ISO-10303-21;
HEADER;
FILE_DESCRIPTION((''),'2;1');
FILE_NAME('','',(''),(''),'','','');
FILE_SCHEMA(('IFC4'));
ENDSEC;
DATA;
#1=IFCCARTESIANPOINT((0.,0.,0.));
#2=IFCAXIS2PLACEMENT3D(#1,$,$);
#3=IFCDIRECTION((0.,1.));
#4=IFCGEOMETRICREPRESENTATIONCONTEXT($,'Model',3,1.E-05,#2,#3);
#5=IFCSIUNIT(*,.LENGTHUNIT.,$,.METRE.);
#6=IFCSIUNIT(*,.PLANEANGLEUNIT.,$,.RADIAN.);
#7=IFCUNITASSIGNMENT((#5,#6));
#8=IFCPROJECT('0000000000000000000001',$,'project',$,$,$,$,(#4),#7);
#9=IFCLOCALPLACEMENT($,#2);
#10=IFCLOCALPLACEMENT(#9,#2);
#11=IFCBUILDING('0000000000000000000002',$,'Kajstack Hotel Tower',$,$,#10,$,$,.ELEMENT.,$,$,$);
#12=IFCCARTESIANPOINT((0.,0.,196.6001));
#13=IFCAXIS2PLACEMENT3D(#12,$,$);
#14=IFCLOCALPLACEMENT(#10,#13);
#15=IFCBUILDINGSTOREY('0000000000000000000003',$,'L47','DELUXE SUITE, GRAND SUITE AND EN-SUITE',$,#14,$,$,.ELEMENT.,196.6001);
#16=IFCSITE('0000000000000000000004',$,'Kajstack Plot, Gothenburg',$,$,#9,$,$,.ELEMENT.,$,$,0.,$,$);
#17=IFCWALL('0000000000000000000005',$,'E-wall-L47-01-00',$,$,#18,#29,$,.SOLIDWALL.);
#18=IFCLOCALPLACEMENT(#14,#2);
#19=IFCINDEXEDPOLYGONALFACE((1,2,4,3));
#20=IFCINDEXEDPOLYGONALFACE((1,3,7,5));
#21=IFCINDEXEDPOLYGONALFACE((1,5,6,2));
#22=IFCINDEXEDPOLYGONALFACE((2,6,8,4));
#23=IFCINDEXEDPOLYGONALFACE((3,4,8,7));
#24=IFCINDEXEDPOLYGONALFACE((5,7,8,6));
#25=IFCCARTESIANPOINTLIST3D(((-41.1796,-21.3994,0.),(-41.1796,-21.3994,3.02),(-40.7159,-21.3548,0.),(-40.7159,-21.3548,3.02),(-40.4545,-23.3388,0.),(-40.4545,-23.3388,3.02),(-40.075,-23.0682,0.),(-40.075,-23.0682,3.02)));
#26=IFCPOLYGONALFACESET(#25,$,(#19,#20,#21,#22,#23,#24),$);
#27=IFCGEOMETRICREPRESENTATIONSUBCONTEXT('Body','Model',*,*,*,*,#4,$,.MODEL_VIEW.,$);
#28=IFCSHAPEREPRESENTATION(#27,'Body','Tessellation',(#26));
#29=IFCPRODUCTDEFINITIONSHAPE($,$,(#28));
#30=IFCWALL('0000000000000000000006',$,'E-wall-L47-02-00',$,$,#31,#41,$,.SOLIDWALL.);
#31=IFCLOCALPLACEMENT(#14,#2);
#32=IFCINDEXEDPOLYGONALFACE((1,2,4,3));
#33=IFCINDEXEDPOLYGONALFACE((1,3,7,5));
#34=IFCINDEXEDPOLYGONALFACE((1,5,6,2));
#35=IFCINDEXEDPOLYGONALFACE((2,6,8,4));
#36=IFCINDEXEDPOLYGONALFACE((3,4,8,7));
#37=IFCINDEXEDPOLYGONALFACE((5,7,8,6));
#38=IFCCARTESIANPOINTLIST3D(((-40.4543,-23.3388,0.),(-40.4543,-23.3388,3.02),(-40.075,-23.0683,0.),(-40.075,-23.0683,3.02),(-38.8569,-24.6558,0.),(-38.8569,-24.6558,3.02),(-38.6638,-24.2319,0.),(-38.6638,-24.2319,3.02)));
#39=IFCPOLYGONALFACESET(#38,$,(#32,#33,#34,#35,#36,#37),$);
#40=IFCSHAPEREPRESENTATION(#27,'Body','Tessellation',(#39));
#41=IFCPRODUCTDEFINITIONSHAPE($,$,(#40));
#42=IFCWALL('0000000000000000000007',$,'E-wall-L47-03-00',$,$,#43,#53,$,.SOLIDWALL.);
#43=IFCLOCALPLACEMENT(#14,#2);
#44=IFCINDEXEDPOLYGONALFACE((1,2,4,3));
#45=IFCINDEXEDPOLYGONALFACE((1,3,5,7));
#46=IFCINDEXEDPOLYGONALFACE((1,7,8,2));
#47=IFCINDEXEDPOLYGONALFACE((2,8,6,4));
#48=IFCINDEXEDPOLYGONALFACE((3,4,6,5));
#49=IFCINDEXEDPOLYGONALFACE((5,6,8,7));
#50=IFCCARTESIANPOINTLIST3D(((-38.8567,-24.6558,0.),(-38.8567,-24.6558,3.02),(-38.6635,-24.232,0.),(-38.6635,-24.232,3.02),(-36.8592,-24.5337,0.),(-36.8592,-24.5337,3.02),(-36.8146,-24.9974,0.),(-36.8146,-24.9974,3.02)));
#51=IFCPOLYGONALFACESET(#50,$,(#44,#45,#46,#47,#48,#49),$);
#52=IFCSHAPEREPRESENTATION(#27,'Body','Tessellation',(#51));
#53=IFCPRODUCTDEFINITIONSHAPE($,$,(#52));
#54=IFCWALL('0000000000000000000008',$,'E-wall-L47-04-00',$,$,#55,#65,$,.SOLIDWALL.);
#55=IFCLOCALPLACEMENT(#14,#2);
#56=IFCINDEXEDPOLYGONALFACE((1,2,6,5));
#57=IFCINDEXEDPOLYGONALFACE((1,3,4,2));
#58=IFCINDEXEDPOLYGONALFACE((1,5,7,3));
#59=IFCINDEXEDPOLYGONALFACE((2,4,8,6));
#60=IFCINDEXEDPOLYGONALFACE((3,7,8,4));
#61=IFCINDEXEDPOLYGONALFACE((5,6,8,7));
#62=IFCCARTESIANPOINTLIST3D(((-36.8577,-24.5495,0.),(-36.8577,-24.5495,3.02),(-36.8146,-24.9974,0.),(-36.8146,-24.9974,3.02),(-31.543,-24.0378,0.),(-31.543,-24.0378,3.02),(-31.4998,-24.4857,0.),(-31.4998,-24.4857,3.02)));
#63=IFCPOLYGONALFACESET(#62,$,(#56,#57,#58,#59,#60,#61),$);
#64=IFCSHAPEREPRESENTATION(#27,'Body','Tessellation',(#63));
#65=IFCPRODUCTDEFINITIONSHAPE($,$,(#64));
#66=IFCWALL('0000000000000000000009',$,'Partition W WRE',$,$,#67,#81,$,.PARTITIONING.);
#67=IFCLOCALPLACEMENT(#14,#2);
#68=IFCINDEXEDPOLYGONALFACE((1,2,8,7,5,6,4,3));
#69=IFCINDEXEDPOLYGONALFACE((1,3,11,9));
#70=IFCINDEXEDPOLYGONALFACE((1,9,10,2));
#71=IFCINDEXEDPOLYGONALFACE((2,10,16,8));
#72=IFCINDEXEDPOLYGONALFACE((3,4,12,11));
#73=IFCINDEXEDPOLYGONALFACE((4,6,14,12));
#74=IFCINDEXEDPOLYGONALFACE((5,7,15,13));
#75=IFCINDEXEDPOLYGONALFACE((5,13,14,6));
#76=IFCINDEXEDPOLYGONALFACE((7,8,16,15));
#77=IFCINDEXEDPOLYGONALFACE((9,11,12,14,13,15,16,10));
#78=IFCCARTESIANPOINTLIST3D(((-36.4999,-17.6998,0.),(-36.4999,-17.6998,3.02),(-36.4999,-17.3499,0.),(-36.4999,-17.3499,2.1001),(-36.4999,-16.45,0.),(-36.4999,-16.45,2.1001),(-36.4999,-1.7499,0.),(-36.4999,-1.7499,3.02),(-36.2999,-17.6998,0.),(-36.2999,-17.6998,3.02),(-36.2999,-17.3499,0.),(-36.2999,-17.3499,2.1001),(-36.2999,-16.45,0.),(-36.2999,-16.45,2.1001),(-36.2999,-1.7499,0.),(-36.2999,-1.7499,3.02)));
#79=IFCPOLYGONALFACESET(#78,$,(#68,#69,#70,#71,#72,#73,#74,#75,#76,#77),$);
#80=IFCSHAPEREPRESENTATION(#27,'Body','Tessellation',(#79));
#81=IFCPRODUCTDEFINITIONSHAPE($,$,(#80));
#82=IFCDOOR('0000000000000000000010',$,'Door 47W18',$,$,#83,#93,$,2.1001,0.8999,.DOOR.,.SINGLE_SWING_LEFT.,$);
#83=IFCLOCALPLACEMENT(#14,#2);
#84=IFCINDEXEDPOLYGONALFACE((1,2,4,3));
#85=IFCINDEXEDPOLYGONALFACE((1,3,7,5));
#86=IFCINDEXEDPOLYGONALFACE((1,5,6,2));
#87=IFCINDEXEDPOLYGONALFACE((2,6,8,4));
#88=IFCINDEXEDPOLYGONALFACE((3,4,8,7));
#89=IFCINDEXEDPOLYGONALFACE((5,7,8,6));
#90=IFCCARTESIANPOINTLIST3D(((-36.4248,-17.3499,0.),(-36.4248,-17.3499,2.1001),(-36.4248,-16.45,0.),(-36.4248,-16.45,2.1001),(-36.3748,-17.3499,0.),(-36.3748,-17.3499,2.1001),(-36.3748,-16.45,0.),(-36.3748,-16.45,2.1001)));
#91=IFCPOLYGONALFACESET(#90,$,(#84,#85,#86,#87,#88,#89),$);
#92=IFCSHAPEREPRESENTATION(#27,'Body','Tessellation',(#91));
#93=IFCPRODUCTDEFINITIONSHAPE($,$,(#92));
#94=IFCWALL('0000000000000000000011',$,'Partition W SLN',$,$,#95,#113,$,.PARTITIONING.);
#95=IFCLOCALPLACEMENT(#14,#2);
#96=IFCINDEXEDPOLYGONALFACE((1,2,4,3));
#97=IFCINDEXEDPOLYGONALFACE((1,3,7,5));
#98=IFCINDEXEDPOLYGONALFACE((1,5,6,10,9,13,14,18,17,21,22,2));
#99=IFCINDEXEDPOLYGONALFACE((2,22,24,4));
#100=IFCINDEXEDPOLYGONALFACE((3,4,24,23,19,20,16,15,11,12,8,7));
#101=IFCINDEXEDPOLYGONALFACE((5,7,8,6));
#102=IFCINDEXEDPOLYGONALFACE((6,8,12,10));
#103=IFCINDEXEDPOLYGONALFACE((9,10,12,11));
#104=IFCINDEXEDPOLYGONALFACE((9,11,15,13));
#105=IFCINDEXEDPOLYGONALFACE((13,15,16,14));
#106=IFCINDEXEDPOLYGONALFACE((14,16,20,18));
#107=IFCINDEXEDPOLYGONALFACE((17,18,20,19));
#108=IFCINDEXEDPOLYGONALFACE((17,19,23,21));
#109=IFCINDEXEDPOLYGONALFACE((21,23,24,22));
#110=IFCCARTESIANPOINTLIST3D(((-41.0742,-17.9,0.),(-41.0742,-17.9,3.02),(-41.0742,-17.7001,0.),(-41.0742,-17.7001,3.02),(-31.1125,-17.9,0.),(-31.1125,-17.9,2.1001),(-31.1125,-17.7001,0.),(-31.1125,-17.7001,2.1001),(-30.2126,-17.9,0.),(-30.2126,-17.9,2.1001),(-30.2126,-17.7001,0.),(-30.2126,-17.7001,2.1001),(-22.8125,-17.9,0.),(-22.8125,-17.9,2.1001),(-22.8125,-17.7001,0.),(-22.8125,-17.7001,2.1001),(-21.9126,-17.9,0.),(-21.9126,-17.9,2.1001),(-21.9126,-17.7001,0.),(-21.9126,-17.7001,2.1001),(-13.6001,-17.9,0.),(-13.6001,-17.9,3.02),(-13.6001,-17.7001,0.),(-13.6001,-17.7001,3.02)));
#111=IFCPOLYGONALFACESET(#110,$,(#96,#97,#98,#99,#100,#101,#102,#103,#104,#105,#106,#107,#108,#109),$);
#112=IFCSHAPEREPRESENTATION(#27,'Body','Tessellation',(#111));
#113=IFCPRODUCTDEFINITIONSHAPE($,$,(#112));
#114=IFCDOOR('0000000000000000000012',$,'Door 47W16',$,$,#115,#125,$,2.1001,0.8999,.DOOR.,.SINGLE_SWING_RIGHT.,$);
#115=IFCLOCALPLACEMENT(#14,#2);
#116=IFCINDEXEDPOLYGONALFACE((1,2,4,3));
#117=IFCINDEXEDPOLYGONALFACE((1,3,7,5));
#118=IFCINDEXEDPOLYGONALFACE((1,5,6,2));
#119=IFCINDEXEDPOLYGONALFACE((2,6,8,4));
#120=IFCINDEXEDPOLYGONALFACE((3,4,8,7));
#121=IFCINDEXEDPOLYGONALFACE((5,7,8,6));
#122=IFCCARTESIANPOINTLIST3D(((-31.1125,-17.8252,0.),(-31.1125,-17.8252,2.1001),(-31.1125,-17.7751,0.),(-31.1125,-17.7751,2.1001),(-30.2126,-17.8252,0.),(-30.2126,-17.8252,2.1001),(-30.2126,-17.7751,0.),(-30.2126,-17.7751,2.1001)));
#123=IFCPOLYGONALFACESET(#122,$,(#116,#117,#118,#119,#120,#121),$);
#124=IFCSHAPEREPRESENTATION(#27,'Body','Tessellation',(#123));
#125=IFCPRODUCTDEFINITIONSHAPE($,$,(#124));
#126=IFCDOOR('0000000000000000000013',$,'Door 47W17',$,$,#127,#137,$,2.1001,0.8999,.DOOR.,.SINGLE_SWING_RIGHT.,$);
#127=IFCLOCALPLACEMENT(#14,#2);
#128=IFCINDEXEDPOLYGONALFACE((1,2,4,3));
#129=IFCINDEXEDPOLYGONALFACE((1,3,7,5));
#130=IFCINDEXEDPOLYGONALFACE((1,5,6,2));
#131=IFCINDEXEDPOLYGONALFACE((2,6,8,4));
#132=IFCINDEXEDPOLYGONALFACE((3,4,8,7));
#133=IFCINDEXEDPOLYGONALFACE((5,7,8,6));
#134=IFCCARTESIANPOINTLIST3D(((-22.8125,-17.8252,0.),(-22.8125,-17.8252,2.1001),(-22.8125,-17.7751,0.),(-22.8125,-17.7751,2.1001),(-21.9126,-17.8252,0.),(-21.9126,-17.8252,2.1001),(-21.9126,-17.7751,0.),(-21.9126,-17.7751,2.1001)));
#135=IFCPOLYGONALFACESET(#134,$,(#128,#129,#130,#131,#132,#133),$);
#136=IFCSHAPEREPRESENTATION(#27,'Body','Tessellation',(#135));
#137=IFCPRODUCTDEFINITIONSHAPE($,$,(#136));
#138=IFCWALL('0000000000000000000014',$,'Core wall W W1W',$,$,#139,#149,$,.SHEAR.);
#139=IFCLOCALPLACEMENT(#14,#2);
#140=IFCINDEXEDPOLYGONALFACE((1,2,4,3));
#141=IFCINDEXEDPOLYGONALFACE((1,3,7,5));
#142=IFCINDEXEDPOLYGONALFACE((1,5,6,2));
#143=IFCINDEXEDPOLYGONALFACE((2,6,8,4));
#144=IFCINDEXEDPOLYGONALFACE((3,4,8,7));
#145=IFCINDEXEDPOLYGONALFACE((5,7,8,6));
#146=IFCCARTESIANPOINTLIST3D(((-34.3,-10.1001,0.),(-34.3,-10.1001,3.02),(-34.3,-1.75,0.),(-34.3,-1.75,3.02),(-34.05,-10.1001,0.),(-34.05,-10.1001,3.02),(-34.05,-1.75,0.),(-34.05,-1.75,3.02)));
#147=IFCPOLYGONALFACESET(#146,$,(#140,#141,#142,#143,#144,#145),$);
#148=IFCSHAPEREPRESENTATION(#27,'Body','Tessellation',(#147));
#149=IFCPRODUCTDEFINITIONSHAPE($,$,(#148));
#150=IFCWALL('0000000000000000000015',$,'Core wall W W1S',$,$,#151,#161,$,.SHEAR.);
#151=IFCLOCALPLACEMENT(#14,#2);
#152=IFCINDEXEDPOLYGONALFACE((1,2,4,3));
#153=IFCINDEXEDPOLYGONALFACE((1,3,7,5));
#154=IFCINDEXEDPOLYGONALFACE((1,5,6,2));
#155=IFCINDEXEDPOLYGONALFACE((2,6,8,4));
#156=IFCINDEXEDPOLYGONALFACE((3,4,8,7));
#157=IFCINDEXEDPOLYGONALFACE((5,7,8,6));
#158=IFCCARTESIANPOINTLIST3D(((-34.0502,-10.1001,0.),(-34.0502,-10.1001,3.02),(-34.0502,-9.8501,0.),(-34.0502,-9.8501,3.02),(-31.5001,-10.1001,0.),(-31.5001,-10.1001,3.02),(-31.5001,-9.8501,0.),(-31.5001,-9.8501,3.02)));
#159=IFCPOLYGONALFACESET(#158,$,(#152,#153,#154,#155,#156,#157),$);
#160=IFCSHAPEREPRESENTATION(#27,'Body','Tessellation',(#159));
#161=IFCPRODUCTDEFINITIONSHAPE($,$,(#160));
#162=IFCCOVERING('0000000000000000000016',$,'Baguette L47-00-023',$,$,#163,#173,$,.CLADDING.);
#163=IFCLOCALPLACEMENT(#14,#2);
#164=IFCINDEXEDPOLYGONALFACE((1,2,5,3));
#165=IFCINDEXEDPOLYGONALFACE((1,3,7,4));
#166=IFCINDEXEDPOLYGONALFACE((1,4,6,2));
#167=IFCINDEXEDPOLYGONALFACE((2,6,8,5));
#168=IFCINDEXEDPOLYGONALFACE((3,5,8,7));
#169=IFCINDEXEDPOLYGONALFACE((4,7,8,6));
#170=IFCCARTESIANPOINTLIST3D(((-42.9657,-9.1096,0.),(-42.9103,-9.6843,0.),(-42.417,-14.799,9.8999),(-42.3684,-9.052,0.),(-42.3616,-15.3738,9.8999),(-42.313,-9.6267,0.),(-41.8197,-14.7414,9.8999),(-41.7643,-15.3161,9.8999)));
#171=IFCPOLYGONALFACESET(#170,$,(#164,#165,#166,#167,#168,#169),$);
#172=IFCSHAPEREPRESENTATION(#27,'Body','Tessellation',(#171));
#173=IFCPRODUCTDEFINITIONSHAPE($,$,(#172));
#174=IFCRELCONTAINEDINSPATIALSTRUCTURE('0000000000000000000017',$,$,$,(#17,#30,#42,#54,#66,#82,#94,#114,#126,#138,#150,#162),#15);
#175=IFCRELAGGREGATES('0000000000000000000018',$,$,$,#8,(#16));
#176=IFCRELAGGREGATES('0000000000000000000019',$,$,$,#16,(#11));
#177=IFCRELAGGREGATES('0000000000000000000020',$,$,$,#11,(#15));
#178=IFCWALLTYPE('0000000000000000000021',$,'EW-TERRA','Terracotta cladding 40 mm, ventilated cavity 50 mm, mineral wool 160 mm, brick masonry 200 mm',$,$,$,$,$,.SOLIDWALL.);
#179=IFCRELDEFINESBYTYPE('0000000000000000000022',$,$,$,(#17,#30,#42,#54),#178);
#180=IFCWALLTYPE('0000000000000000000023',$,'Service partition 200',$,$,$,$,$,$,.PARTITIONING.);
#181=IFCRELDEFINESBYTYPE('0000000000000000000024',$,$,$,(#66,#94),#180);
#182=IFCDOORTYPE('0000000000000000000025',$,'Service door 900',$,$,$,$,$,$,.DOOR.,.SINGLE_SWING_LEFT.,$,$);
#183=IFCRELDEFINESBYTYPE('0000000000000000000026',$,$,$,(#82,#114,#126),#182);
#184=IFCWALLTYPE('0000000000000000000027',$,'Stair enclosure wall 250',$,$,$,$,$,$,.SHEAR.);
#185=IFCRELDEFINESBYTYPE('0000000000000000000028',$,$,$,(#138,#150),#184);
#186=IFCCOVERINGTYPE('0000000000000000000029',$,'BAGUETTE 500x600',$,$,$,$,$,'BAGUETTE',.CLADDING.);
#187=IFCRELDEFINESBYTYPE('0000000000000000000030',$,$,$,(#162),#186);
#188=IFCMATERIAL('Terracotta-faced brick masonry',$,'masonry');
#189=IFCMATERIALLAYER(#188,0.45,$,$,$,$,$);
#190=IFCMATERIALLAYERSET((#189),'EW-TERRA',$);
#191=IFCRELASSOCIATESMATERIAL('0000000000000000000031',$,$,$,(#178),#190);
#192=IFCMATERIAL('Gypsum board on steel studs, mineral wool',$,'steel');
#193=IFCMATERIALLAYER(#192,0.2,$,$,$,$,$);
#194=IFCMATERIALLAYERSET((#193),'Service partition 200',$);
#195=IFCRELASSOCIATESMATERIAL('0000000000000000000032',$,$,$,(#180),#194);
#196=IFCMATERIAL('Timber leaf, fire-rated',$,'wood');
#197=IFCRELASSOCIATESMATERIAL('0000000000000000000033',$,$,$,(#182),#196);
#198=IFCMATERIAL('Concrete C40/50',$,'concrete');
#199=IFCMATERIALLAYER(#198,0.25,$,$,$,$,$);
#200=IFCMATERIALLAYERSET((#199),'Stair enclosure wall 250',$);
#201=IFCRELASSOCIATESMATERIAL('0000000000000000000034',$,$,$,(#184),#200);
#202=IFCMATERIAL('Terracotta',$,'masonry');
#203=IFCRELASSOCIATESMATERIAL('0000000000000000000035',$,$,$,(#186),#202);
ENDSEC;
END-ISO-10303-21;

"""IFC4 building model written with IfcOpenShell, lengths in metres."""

from ifc_helpers import new_model, si_unit, direction, frame, frame_2d, origin, origin_2d, place, context, subcontext, project, spatial, polyline, rectangle, outline, extrude, material, layer, layer_set, material_profile, profile_set, type_object, element, fill, save


model = new_model("IFC4")

# Units and contexts
model_context = context("Model", 3, precision=1e-05, world=origin(), true_north=direction((0.0, 1.0)))
body_context = subcontext(model_context, "Body", "Model", "MODEL_VIEW")
ifc_project = project(units=[si_unit("LENGTHUNIT", "METRE"), si_unit("PLANEANGLEUNIT", "RADIAN")], contexts=[model_context])

# Site, building, storey
site_placement = place(None, origin())
site = spatial("IfcSite", under=ifc_project, at=site_placement, Name="Kajstack Plot, Gothenburg", CompositionType="ELEMENT", RefElevation=0.0)
building_placement = place(site_placement, origin())
building = spatial("IfcBuilding", under=site, at=building_placement, Name="Kajstack Hotel Tower", CompositionType="ELEMENT")
storey_placement = place(building_placement, frame((0.0, 0.0, 196.6001)))
storey = spatial("IfcBuildingStorey", under=building, at=storey_placement, Name="L47", Description="DELUXE SUITE, GRAND SUITE AND EN-SUITE", CompositionType="ELEMENT", Elevation=196.6001)

# Walls
ifc_material_1 = material(Name="Terracotta-faced brick masonry", Category="masonry")
ifc_layer_1 = layer(ifc_material_1, 0.45)
ifc_layer_set_1 = layer_set([ifc_layer_1], Name="EW-TERRA")
wall_type_1 = type_object("IfcWallType", Name="EW-TERRA", Description="Terracotta cladding 40 mm, ventilated cavity 50 mm, mineral wool 160 mm, brick masonry 200 mm", PredefinedType="SOLIDWALL", material=ifc_layer_set_1)
wall_1_placement = place(storey_placement, frame((-40.9688, -21.3206, 0.0), z_axis=(0.0, 0.0, 1.0), x_axis=(0.350193, -0.936678, 0.0)))
element("IfcWall", 1, at=wall_1_placement, inside=storey, type_object=wall_type_1, Name="E-wall-L47-01-00", PredefinedType="SOLIDWALL", context=body_context, shape_type="SweptSolid", body=[
    extrude(outline(polyline([(0.0, -0.2251), (2.0706, -0.2251), (1.95, 0.2251), (0.1206, 0.2249), (0.0, -0.2251)])), origin(), (0.0, 0.0, 1.0), 3.02),
])
wall_2_placement = place(storey_placement, frame((-40.3113, -23.1653, 0.0), z_axis=(0.0, 0.0, 1.0), x_axis=(0.771651, -0.636046, 0.0)))
element("IfcWall", 2, at=wall_2_placement, inside=storey, type_object=wall_type_1, Name="E-wall-L47-02-00", PredefinedType="SOLIDWALL", context=body_context, shape_type="SweptSolid", body=[
    extrude(outline(polyline([(0.0, -0.2249), (2.0703, -0.2251), (1.9497, 0.2249), (0.1206, 0.2251), (0.0, -0.2249)])), origin(), (0.0, 0.0, 1.0), 3.02),
])
wall_3_placement = place(storey_placement, frame((-38.8196, -24.4338, 0.0), z_axis=(0.0, 0.0, 1.0), x_axis=(0.986279, -0.165087, 0.0)))
element("IfcWall", 3, at=wall_3_placement, inside=storey, type_object=wall_type_1, Name="E-wall-L47-03-00", PredefinedType="SOLIDWALL", context=body_context, shape_type="SweptSolid", body=[
    extrude(outline(polyline([(0.0, -0.2251), (2.0706, -0.2249), (1.95, 0.2251), (0.1206, 0.2249), (0.0, -0.2251)])), origin(), (0.0, 0.0, 1.0), 3.02),
])
wall_4_placement = place(storey_placement, frame((-36.8362, -24.7734, 0.0), z_axis=(0.0, 0.0, 1.0), x_axis=(0.995397, 0.09584, 0.0)))
element("IfcWall", 4, at=wall_4_placement, inside=storey, type_object=wall_type_1, Name="E-wall-L47-04-00", PredefinedType="SOLIDWALL", context=body_context, shape_type="SweptSolid", body=[
    extrude(rectangle(XDim=5.3394, YDim=0.45, at=frame_2d((2.6697, 0.0))), origin(), (0.0, 0.0, 1.0), 3.02),
])

# Wall, opening, door
ifc_material_2 = material(Name="Gypsum board on steel studs, mineral wool", Category="steel")
ifc_layer_2 = layer(ifc_material_2, 0.2)
ifc_layer_set_2 = layer_set([ifc_layer_2], Name="Service partition 200")
wall_type_2 = type_object("IfcWallType", Name="Service partition 200", PredefinedType="PARTITIONING", material=ifc_layer_set_2)
wall_5_placement = place(storey_placement, frame((-36.3999, -17.7, 0.0), z_axis=(0.0, 0.0, 1.0), x_axis=(0.0, 1.0, 0.0)))
wall_5 = element("IfcWall", 5, at=wall_5_placement, inside=storey, type_object=wall_type_2, Name="Partition W WRE", PredefinedType="PARTITIONING", context=body_context, shape_type="SweptSolid", body=[
    extrude(rectangle(XDim=15.95, YDim=0.2, at=frame_2d((7.9751, 0.0))), origin(), (0.0, 0.0, 1.0), 3.02),
])
opening_1_placement = place(wall_5_placement, frame((0.3501, 0.0, 0.0)))
opening_1 = element("IfcOpeningElement", 6, at=opening_1_placement, cuts=wall_5, PredefinedType="OPENING", context=body_context, shape_type="SweptSolid", body=[
    extrude(rectangle(XDim=0.8999, YDim=2.1001, at=frame_2d((0.45, 1.05))), frame((0.0, 0.1099, 0.0), z_axis=(0.0, -1.0, 0.0), x_axis=(1.0, 0.0, 0.0)), (0.0, 0.0, 1.0), 0.22),
])
ifc_material_3 = material(Name="Timber leaf, fire-rated", Category="wood")
door_type = type_object("IfcDoorType", Name="Service door 900", OperationType="SINGLE_SWING_LEFT", PredefinedType="DOOR", material=ifc_material_3)
door_1_placement = place(opening_1_placement, origin())
door_1 = element("IfcDoor", 7, at=door_1_placement, inside=storey, type_object=door_type, Name="Door 47W18", OperationType="SINGLE_SWING_LEFT", OverallHeight=2.1001, OverallWidth=0.8999, PredefinedType="DOOR", context=body_context, shape_type="SweptSolid", body=[
    extrude(rectangle(XDim=0.8999, YDim=2.1001, at=frame_2d((0.45, 1.05))), frame((0.0, 0.0249, 0.0), z_axis=(0.0, -1.0, 0.0), x_axis=(1.0, 0.0, 0.0)), (0.0, 0.0, 1.0), 0.05),
])
fill(opening_1, door_1)

# Wall, openings, doors
wall_6_placement = place(storey_placement, frame((-41.0742, -17.8, 0.0), z_axis=(0.0, 0.0, 1.0), x_axis=(1.0, 0.0, 0.0)))
wall_6 = element("IfcWall", 8, at=wall_6_placement, inside=storey, type_object=wall_type_2, Name="Partition W SLN", PredefinedType="PARTITIONING", context=body_context, shape_type="SweptSolid", body=[
    extrude(rectangle(XDim=27.4741, YDim=0.2, at=frame_2d((13.7371, 0.0))), origin(), (0.0, 0.0, 1.0), 3.02),
])
opening_2_placement = place(wall_6_placement, frame((9.9617, 0.0, 0.0)))
opening_2 = element("IfcOpeningElement", 9, at=opening_2_placement, cuts=wall_6, PredefinedType="OPENING", context=body_context, shape_type="SweptSolid", body=[
    extrude(rectangle(XDim=0.8999, YDim=2.1001, at=frame_2d((0.45, 1.05))), frame((0.0, 0.1099, 0.0), z_axis=(0.0, -1.0, 0.0), x_axis=(1.0, 0.0, 0.0)), (0.0, 0.0, 1.0), 0.22),
])
opening_3_placement = place(wall_6_placement, frame((18.2617, 0.0, 0.0)))
opening_3 = element("IfcOpeningElement", 10, at=opening_3_placement, cuts=wall_6, PredefinedType="OPENING", context=body_context, shape_type="SweptSolid", body=[
    extrude(rectangle(XDim=0.8999, YDim=2.1001, at=frame_2d((0.45, 1.05))), frame((0.0, 0.1099, 0.0), z_axis=(0.0, -1.0, 0.0), x_axis=(1.0, 0.0, 0.0)), (0.0, 0.0, 1.0), 0.22),
])
door_2_placement = place(opening_2_placement, origin())
door_2 = element("IfcDoor", 11, at=door_2_placement, inside=storey, type_object=door_type, Name="Door 47W16", OperationType="SINGLE_SWING_RIGHT", OverallHeight=2.1001, OverallWidth=0.8999, PredefinedType="DOOR", context=body_context, shape_type="SweptSolid", body=[
    extrude(rectangle(XDim=0.8999, YDim=2.1001, at=frame_2d((0.45, 1.05))), frame((0.0, 0.0249, 0.0), z_axis=(0.0, -1.0, 0.0), x_axis=(1.0, 0.0, 0.0)), (0.0, 0.0, 1.0), 0.05),
])
fill(opening_2, door_2)
door_3_placement = place(opening_3_placement, origin())
door_3 = element("IfcDoor", 12, at=door_3_placement, inside=storey, type_object=door_type, Name="Door 47W17", OperationType="SINGLE_SWING_RIGHT", OverallHeight=2.1001, OverallWidth=0.8999, PredefinedType="DOOR", context=body_context, shape_type="SweptSolid", body=[
    extrude(rectangle(XDim=0.8999, YDim=2.1001, at=frame_2d((0.45, 1.05))), frame((0.0, 0.0249, 0.0), z_axis=(0.0, -1.0, 0.0), x_axis=(1.0, 0.0, 0.0)), (0.0, 0.0, 1.0), 0.05),
])
fill(opening_3, door_3)

# Walls
ifc_material_4 = material(Name="Concrete C40/50", Category="concrete")
ifc_layer_3 = layer(ifc_material_4, 0.25)
ifc_layer_set_3 = layer_set([ifc_layer_3], Name="Stair enclosure wall 250")
wall_type_3 = type_object("IfcWallType", Name="Stair enclosure wall 250", PredefinedType="SHEAR", material=ifc_layer_set_3)
wall_7_placement = place(storey_placement, frame((-34.175, -10.1001, 0.0), z_axis=(0.0, 0.0, 1.0), x_axis=(0.0, 1.0, 0.0)))
element("IfcWall", 13, at=wall_7_placement, inside=storey, type_object=wall_type_3, Name="Core wall W W1W", PredefinedType="SHEAR", context=body_context, shape_type="SweptSolid", body=[
    extrude(rectangle(XDim=8.3501, YDim=0.25, at=frame_2d((4.175, 0.0))), origin(), (0.0, 0.0, 1.0), 3.02),
])
wall_8_placement = place(storey_placement, frame((-34.05, -9.9751, 0.0), z_axis=(0.0, 0.0, 1.0), x_axis=(1.0, 0.0, 0.0)))
element("IfcWall", 14, at=wall_8_placement, inside=storey, type_object=wall_type_3, Name="Core wall W W1S", PredefinedType="SHEAR", context=body_context, shape_type="SweptSolid", body=[
    extrude(rectangle(XDim=2.55, YDim=0.25, at=frame_2d((1.2749, 0.0))), origin(), (0.0, 0.0, 1.0), 3.02),
])

# Covering
ifc_material_5 = material(Name="Terracotta", Category="masonry")
ifc_material_profile = material_profile(ifc_material_5, rectangle(XDim=0.6001, YDim=0.5, at=origin_2d()), Name="Terracotta-clad concrete baguette 500 x 600")
ifc_profile_set = profile_set([ifc_material_profile], Name="Terracotta")
covering_type = type_object("IfcCoveringType", Name="BAGUETTE 500x600", ElementType="BAGUETTE", PredefinedType="CLADDING", material=ifc_profile_set)
covering_1_placement = place(storey_placement, frame((-42.3684, -9.052, 0.0), z_axis=(-0.995381, -0.095999, 0.0), x_axis=(0.095999, -0.995381, 0.0)))
element("IfcCovering", 15, at=covering_1_placement, inside=storey, type_object=covering_type, Name="Baguette L47-00-023", PredefinedType="CLADDING", context=body_context, shape_type="SweptSolid", body=[
    extrude(outline(polyline([(5.7158, 9.8999), (0.0, 0.0), (0.5774, 0.0), (6.2932, 9.8999), (5.7158, 9.8999)])), origin(), (0.0, 0.0, 1.0), 0.6001),
])

save(model, "model.ifc")
